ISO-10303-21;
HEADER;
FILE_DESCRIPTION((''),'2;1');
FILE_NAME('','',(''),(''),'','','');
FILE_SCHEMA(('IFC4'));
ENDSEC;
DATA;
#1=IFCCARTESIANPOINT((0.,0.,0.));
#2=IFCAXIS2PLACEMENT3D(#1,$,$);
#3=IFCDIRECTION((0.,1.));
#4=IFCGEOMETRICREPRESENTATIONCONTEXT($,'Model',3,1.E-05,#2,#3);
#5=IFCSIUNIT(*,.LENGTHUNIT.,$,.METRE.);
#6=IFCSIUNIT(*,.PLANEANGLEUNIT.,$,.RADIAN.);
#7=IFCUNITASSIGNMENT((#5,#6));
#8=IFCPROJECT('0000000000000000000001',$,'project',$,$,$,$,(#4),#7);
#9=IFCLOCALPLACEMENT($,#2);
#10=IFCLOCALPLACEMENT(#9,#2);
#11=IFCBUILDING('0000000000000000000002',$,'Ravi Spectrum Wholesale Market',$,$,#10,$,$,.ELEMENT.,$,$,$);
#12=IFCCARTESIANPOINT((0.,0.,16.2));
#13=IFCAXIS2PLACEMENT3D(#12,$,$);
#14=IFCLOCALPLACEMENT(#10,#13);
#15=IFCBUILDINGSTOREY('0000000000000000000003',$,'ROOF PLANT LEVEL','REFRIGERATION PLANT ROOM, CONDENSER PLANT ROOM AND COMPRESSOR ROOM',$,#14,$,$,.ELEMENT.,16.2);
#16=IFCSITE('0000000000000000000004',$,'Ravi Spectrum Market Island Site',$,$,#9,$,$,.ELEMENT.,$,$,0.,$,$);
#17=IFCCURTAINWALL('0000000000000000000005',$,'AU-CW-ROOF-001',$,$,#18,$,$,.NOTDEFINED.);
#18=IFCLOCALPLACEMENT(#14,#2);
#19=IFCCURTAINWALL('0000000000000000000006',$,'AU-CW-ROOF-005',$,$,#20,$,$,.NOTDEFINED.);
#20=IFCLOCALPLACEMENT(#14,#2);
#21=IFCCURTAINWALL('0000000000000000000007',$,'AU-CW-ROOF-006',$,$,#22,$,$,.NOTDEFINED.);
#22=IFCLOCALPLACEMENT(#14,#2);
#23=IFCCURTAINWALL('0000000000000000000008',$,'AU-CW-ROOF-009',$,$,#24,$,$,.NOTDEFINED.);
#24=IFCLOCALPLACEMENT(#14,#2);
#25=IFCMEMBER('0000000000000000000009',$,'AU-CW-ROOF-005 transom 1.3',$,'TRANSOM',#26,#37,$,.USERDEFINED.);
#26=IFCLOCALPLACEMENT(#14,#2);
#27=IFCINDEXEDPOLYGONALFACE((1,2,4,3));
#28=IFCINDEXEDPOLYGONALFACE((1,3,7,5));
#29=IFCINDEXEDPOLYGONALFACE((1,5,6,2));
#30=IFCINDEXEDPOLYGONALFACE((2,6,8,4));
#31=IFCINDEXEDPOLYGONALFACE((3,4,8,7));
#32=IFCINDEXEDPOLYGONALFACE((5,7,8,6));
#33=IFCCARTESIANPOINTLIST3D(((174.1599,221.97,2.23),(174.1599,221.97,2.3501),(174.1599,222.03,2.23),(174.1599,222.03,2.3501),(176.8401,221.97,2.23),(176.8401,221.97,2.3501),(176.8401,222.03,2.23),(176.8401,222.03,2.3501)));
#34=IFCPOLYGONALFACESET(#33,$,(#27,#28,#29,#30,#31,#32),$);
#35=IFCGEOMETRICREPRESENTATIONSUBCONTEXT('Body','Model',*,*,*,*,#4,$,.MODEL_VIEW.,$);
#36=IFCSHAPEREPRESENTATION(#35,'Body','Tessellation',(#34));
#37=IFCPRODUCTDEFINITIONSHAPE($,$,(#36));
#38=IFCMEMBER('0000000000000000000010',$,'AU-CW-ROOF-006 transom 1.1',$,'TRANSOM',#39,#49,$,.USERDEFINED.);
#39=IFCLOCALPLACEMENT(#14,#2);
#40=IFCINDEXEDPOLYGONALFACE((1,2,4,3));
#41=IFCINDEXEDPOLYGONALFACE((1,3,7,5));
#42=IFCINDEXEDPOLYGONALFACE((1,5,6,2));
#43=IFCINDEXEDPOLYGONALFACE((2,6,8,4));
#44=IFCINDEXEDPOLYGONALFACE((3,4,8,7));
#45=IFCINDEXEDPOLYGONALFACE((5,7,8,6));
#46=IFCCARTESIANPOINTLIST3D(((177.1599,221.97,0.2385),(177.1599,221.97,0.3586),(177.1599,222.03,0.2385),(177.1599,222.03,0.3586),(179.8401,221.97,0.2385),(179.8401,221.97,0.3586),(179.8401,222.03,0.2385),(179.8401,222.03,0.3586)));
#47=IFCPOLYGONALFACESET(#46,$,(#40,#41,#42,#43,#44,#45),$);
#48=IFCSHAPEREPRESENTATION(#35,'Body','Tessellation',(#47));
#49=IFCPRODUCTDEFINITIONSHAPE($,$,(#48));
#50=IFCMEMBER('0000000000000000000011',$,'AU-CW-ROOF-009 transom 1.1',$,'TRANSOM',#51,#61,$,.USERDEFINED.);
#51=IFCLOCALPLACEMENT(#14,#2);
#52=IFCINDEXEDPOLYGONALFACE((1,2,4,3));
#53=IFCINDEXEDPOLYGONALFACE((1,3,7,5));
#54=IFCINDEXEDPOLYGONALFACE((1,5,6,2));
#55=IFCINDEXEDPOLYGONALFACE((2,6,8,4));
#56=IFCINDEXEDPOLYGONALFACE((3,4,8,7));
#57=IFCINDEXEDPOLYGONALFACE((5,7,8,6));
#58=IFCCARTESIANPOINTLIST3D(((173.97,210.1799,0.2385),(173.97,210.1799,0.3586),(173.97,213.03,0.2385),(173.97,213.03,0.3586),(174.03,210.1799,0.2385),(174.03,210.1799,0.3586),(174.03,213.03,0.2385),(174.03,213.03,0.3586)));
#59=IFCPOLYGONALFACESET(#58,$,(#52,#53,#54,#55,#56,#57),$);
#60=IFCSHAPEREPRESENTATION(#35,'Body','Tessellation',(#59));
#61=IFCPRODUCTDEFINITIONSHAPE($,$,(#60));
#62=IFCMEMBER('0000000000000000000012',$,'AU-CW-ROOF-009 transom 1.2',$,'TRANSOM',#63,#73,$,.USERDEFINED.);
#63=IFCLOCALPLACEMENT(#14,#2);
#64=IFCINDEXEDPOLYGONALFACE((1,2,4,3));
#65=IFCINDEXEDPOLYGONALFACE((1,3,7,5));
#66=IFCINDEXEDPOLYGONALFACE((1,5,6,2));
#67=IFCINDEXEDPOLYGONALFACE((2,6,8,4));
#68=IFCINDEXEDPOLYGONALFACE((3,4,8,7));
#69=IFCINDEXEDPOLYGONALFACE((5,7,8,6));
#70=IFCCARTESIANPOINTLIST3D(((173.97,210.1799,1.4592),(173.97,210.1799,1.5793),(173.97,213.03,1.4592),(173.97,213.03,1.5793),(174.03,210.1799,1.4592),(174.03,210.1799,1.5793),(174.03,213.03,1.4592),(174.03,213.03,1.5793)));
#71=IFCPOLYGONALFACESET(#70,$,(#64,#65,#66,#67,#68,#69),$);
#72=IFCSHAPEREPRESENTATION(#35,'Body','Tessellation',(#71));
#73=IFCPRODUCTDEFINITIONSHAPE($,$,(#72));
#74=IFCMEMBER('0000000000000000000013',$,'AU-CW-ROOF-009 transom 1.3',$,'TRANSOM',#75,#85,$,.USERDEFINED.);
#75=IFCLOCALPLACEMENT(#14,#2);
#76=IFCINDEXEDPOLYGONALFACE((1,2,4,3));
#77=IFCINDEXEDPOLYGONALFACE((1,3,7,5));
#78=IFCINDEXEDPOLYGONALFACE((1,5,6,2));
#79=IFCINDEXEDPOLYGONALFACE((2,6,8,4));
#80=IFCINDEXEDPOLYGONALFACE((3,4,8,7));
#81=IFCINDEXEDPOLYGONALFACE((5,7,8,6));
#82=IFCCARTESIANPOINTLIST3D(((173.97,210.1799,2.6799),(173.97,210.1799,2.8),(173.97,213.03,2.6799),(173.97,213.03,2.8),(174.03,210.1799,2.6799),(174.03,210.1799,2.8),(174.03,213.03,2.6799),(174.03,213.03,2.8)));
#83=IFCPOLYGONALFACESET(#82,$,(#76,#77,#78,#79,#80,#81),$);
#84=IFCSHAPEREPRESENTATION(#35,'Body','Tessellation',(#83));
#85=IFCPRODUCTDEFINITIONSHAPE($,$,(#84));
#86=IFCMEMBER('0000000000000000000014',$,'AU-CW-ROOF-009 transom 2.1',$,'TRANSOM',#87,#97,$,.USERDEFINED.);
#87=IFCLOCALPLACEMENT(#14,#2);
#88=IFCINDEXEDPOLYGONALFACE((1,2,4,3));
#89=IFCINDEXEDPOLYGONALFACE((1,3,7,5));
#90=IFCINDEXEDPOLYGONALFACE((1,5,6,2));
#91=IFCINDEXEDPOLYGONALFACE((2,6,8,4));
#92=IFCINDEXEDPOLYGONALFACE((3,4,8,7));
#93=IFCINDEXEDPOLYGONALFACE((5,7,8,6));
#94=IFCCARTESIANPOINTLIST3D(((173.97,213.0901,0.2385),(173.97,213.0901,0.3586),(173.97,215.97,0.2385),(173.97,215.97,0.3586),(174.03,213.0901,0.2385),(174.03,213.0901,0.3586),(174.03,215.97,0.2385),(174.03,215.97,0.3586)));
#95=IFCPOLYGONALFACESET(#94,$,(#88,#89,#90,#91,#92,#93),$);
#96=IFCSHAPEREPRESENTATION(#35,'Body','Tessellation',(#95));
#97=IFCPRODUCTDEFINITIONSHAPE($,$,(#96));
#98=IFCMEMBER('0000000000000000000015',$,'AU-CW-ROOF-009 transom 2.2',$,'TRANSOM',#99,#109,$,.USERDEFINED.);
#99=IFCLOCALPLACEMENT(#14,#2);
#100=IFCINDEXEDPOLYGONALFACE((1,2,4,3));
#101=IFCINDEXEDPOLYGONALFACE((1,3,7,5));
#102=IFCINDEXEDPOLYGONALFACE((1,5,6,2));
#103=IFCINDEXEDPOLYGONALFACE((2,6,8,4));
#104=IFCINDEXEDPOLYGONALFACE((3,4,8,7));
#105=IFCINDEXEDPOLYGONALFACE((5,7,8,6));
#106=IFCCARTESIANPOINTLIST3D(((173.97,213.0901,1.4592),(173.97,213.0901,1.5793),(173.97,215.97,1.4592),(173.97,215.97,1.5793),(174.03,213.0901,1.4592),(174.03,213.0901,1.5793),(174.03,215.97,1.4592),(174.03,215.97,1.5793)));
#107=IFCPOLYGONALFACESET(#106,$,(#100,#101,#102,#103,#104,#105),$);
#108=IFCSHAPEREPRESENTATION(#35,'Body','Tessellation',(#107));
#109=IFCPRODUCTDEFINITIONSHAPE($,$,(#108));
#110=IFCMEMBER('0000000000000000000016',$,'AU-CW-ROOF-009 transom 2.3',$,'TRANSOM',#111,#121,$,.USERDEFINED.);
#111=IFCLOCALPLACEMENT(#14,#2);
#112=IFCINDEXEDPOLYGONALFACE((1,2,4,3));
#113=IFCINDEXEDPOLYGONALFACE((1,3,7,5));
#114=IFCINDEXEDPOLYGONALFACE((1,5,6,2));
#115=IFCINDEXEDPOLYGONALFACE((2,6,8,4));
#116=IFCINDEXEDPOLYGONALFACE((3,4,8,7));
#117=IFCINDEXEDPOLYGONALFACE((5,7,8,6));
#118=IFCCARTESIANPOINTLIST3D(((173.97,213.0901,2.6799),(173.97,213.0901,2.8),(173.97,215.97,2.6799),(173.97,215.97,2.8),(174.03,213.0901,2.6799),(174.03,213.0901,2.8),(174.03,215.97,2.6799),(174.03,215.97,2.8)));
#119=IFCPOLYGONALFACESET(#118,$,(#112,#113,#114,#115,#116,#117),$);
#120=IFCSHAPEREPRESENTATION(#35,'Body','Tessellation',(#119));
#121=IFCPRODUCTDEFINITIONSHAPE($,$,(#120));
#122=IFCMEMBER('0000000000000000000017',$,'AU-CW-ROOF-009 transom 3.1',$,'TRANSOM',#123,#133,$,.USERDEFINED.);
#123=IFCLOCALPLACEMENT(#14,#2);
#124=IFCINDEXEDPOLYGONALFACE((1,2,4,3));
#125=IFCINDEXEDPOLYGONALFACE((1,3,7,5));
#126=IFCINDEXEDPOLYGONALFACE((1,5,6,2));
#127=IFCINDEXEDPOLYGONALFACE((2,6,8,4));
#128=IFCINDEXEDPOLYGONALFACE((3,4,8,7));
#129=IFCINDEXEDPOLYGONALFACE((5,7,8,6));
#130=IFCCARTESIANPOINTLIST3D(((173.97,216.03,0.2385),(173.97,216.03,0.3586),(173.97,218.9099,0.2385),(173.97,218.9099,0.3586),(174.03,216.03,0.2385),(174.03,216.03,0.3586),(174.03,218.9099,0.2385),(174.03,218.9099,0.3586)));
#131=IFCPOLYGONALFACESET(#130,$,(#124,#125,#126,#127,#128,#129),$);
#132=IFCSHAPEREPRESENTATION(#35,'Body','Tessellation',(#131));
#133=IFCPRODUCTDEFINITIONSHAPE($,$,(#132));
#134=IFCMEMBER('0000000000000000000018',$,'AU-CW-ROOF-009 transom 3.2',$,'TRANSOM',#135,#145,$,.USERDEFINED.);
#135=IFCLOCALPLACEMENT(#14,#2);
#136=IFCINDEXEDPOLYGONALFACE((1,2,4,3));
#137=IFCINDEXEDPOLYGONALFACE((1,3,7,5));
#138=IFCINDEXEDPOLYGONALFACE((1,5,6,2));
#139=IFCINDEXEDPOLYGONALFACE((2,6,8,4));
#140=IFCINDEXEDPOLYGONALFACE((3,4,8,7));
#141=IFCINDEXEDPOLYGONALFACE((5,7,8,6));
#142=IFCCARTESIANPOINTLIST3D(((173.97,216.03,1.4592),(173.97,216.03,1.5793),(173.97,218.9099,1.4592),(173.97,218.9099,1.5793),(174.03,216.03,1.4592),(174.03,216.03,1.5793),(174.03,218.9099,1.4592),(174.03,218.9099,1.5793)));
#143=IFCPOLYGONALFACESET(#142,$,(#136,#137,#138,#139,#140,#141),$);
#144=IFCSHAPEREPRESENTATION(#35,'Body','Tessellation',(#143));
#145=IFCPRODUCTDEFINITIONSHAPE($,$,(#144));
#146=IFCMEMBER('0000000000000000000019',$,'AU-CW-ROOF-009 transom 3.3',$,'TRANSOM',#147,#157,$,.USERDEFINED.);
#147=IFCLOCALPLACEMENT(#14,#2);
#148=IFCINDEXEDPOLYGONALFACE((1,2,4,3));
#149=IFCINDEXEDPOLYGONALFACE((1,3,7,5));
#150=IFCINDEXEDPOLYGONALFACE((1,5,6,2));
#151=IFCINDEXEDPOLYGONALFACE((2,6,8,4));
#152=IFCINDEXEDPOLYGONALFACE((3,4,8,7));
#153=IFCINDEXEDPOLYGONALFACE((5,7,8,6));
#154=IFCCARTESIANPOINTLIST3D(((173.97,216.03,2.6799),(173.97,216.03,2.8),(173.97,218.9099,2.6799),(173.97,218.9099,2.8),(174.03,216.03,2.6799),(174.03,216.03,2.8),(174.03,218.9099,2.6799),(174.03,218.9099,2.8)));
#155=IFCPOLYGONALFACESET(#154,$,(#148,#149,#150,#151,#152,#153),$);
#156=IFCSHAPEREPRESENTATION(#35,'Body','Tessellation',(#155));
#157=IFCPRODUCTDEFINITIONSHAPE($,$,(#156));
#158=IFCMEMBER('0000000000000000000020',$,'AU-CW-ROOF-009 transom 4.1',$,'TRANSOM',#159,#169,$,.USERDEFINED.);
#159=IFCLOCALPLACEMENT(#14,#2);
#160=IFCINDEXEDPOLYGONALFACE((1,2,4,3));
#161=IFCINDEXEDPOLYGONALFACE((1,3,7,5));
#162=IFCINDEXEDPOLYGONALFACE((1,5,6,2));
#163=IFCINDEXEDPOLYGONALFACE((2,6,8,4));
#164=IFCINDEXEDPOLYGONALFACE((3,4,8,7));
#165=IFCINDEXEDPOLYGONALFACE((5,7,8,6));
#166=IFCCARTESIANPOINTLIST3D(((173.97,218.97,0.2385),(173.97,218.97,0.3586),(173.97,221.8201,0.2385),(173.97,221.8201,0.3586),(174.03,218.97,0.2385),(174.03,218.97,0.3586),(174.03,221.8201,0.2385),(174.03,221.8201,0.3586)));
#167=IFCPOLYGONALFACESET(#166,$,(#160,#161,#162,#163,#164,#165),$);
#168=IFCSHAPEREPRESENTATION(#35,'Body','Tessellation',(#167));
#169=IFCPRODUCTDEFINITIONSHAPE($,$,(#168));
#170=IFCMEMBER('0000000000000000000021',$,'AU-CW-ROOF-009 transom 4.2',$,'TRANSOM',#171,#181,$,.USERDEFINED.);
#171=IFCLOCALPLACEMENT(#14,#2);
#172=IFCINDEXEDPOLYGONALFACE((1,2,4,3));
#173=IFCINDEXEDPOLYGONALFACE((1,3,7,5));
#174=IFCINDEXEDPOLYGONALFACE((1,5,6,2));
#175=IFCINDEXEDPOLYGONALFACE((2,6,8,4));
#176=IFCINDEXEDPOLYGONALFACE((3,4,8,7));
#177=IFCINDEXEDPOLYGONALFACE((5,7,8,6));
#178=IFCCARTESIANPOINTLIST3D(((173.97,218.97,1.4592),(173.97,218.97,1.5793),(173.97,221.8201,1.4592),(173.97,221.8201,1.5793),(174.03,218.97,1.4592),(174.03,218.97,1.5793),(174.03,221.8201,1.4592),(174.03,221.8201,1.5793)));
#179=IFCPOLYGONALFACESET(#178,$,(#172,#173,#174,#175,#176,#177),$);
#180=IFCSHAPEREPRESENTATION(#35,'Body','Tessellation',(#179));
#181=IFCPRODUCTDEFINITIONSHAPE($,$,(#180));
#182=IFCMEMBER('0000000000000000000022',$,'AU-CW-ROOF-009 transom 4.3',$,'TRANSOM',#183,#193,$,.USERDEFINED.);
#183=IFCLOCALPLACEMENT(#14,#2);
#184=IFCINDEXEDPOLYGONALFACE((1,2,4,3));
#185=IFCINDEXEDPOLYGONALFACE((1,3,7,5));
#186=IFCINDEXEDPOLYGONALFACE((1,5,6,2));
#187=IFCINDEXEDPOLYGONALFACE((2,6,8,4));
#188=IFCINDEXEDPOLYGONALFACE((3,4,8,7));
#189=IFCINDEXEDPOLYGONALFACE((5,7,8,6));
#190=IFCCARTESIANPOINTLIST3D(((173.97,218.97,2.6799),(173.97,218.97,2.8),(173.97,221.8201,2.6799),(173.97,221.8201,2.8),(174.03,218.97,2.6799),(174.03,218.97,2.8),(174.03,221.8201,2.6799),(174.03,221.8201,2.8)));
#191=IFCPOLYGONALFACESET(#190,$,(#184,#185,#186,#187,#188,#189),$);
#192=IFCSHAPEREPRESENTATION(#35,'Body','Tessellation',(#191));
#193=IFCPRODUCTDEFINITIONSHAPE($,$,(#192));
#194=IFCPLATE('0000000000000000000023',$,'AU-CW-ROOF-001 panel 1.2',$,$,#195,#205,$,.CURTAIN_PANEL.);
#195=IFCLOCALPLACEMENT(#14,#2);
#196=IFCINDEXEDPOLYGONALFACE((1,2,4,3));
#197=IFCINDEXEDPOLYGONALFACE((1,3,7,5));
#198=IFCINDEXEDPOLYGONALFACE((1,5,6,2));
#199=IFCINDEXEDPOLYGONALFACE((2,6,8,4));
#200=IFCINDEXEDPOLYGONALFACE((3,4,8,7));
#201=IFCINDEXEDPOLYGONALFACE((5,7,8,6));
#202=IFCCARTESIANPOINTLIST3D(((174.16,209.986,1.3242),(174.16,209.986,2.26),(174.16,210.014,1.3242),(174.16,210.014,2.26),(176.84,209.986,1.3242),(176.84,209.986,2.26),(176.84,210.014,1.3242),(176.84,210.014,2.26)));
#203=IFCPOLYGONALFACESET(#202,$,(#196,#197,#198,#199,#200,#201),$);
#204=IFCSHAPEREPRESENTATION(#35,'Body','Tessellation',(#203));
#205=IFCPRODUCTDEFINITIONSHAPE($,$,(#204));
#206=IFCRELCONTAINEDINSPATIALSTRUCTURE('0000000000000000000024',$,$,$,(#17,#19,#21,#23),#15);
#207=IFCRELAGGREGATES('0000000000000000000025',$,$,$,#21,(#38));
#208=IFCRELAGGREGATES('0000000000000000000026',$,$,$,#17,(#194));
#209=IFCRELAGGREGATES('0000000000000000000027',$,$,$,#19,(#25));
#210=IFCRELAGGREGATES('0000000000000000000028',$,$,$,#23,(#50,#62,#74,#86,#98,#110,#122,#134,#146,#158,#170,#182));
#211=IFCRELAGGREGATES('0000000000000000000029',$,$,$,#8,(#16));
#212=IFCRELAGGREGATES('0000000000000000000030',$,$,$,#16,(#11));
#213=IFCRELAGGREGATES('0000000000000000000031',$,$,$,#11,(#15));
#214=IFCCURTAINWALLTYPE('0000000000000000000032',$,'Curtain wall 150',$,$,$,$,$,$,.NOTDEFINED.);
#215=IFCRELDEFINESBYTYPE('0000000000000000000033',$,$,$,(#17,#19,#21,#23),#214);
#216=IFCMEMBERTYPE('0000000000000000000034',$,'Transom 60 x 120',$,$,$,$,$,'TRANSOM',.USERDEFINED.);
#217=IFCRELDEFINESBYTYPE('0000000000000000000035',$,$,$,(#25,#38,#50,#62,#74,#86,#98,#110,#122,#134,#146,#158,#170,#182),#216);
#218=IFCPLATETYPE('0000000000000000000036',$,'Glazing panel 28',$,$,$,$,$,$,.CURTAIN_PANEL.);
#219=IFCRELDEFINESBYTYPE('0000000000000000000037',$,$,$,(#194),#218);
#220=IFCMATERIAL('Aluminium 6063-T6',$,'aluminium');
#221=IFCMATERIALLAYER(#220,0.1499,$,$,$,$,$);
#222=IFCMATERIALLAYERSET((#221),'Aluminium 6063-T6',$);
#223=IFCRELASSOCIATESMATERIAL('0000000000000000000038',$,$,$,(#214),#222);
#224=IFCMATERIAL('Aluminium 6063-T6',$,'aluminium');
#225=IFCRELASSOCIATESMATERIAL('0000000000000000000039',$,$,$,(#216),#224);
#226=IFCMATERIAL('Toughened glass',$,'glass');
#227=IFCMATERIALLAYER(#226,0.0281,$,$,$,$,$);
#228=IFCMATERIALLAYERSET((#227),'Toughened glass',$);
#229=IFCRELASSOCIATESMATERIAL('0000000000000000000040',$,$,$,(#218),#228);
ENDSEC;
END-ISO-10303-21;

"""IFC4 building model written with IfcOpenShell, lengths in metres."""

from ifc_helpers import new_model, si_unit, direction, frame, origin, origin_2d, place, context, subcontext, project, spatial, rectangle, extrude, material, layer, layer_set, material_profile, profile_set, type_object, element, aggregate, save


model = new_model("IFC4")

# Units and contexts
model_context = context("Model", 3, precision=1e-05, world=origin(), true_north=direction((0.0, 1.0)))
body_context = subcontext(model_context, "Body", "Model", "MODEL_VIEW")
ifc_project = project(units=[si_unit("LENGTHUNIT", "METRE"), si_unit("PLANEANGLEUNIT", "RADIAN")], contexts=[model_context])

# Site, building, storey
site_placement = place(None, origin())
site = spatial("IfcSite", under=ifc_project, at=site_placement, Name="Ravi Spectrum Market Island Site", CompositionType="ELEMENT", RefElevation=0.0)
building_placement = place(site_placement, origin())
building = spatial("IfcBuilding", under=site, at=building_placement, Name="Ravi Spectrum Wholesale Market", CompositionType="ELEMENT")
storey_placement = place(building_placement, frame((0.0, 0.0, 16.2)))
storey = spatial("IfcBuildingStorey", under=building, at=storey_placement, Name="ROOF PLANT LEVEL", Description="REFRIGERATION PLANT ROOM, CONDENSER PLANT ROOM AND COMPRESSOR ROOM", CompositionType="ELEMENT", Elevation=16.2)

# Curtain wall
ifc_material_1 = material(Name="Aluminium 6063-T6", Category="aluminium")
ifc_layer_1 = layer(ifc_material_1, 0.1499)
ifc_layer_set_1 = layer_set([ifc_layer_1], Name="Aluminium 6063-T6")
curtain_wall_type = type_object("IfcCurtainWallType", Name="Curtain wall 150", PredefinedType="NOTDEFINED", material=ifc_layer_set_1)
curtain_wall_1_placement = place(storey_placement, origin())
curtain_wall_1 = element("IfcCurtainWall", 1, at=curtain_wall_1_placement, inside=storey, type_object=curtain_wall_type, Name="AU-CW-ROOF-001", PredefinedType="NOTDEFINED")

# Curtain wall
curtain_wall_2_placement = place(storey_placement, origin())
curtain_wall_2 = element("IfcCurtainWall", 2, at=curtain_wall_2_placement, inside=storey, type_object=curtain_wall_type, Name="AU-CW-ROOF-005", PredefinedType="NOTDEFINED")

# Curtain wall
curtain_wall_3_placement = place(storey_placement, origin())
curtain_wall_3 = element("IfcCurtainWall", 3, at=curtain_wall_3_placement, inside=storey, type_object=curtain_wall_type, Name="AU-CW-ROOF-006", PredefinedType="NOTDEFINED")

# Curtain wall
curtain_wall_4_placement = place(storey_placement, origin())
curtain_wall_4 = element("IfcCurtainWall", 4, at=curtain_wall_4_placement, inside=storey, type_object=curtain_wall_type, Name="AU-CW-ROOF-009", PredefinedType="NOTDEFINED")

# Members
ifc_material_2 = material(Name="Aluminium 6063-T6", Category="aluminium")
ifc_material_profile_1 = material_profile(ifc_material_2, rectangle(XDim=0.0601, YDim=0.1201, at=origin_2d()))
ifc_profile_set_1 = profile_set([ifc_material_profile_1], Name="Aluminium 6063-T6")
member_type_1 = type_object("IfcMemberType", Name="Transom 60 x 120", ElementType="TRANSOM", PredefinedType="USERDEFINED", material=ifc_profile_set_1)
member_1_placement = place(storey_placement, frame((174.1599, 222.0, 2.29), z_axis=(1.0, 0.0, 0.0), x_axis=(0.0, 1.0, 0.0)))
member_1 = element("IfcMember", 5, at=member_1_placement, type_object=member_type_1, Name="AU-CW-ROOF-005 transom 1.3", ObjectType="TRANSOM", PredefinedType="USERDEFINED", context=body_context, shape_type="SweptSolid", body=[
    extrude(rectangle(XDim=0.0601, YDim=0.1201, at=origin_2d()), origin(), (0.0, 0.0, 1.0), 2.6802),
])
member_2_placement = place(storey_placement, frame((177.1599, 222.0, 0.2986), z_axis=(1.0, 0.0, 0.0), x_axis=(0.0, 1.0, 0.0)))
member_2 = element("IfcMember", 6, at=member_2_placement, type_object=member_type_1, Name="AU-CW-ROOF-006 transom 1.1", ObjectType="TRANSOM", PredefinedType="USERDEFINED", context=body_context, shape_type="SweptSolid", body=[
    extrude(rectangle(XDim=0.0601, YDim=0.1201, at=origin_2d()), origin(), (0.0, 0.0, 1.0), 2.6802),
])
aggregate(curtain_wall_3, [member_2])
member_3_placement = place(storey_placement, frame((174.0, 210.1799, 0.2986), z_axis=(0.0, 1.0, 0.0), x_axis=(-1.0, 0.0, 0.0)))
member_3 = element("IfcMember", 7, at=member_3_placement, type_object=member_type_1, Name="AU-CW-ROOF-009 transom 1.1", ObjectType="TRANSOM", PredefinedType="USERDEFINED", context=body_context, shape_type="SweptSolid", body=[
    extrude(rectangle(XDim=0.0601, YDim=0.1201, at=origin_2d()), origin(), (0.0, 0.0, 1.0), 2.8501),
])
member_4_placement = place(storey_placement, frame((174.0, 210.1799, 1.5193), z_axis=(0.0, 1.0, 0.0), x_axis=(-1.0, 0.0, 0.0)))
member_4 = element("IfcMember", 8, at=member_4_placement, type_object=member_type_1, Name="AU-CW-ROOF-009 transom 1.2", ObjectType="TRANSOM", PredefinedType="USERDEFINED", context=body_context, shape_type="SweptSolid", body=[
    extrude(rectangle(XDim=0.0601, YDim=0.1201, at=origin_2d()), origin(), (0.0, 0.0, 1.0), 2.8501),
])
member_5_placement = place(storey_placement, frame((174.0, 210.1799, 2.74), z_axis=(0.0, 1.0, 0.0), x_axis=(-1.0, 0.0, 0.0)))
member_5 = element("IfcMember", 9, at=member_5_placement, type_object=member_type_1, Name="AU-CW-ROOF-009 transom 1.3", ObjectType="TRANSOM", PredefinedType="USERDEFINED", context=body_context, shape_type="SweptSolid", body=[
    extrude(rectangle(XDim=0.0601, YDim=0.1201, at=origin_2d()), origin(), (0.0, 0.0, 1.0), 2.8501),
])
member_6_placement = place(storey_placement, frame((174.0, 213.0901, 0.2986), z_axis=(0.0, 1.0, 0.0), x_axis=(-1.0, 0.0, 0.0)))
member_6 = element("IfcMember", 10, at=member_6_placement, type_object=member_type_1, Name="AU-CW-ROOF-009 transom 2.1", ObjectType="TRANSOM", PredefinedType="USERDEFINED", context=body_context, shape_type="SweptSolid", body=[
    extrude(rectangle(XDim=0.0601, YDim=0.1201, at=origin_2d()), origin(), (0.0, 0.0, 1.0), 2.8799),
])
member_7_placement = place(storey_placement, frame((174.0, 213.0901, 1.5193), z_axis=(0.0, 1.0, 0.0), x_axis=(-1.0, 0.0, 0.0)))
member_7 = element("IfcMember", 11, at=member_7_placement, type_object=member_type_1, Name="AU-CW-ROOF-009 transom 2.2", ObjectType="TRANSOM", PredefinedType="USERDEFINED", context=body_context, shape_type="SweptSolid", body=[
    extrude(rectangle(XDim=0.0601, YDim=0.1201, at=origin_2d()), origin(), (0.0, 0.0, 1.0), 2.8799),
])
member_8_placement = place(storey_placement, frame((174.0, 213.0901, 2.74), z_axis=(0.0, 1.0, 0.0), x_axis=(-1.0, 0.0, 0.0)))
member_8 = element("IfcMember", 12, at=member_8_placement, type_object=member_type_1, Name="AU-CW-ROOF-009 transom 2.3", ObjectType="TRANSOM", PredefinedType="USERDEFINED", context=body_context, shape_type="SweptSolid", body=[
    extrude(rectangle(XDim=0.0601, YDim=0.1201, at=origin_2d()), origin(), (0.0, 0.0, 1.0), 2.8799),
])
member_9_placement = place(storey_placement, frame((174.0, 216.03, 0.2986), z_axis=(0.0, 1.0, 0.0), x_axis=(-1.0, 0.0, 0.0)))
member_9 = element("IfcMember", 13, at=member_9_placement, type_object=member_type_1, Name="AU-CW-ROOF-009 transom 3.1", ObjectType="TRANSOM", PredefinedType="USERDEFINED", context=body_context, shape_type="SweptSolid", body=[
    extrude(rectangle(XDim=0.0601, YDim=0.1201, at=origin_2d()), origin(), (0.0, 0.0, 1.0), 2.8799),
])
member_10_placement = place(storey_placement, frame((174.0, 216.03, 1.5193), z_axis=(0.0, 1.0, 0.0), x_axis=(-1.0, 0.0, 0.0)))
member_10 = element("IfcMember", 14, at=member_10_placement, type_object=member_type_1, Name="AU-CW-ROOF-009 transom 3.2", ObjectType="TRANSOM", PredefinedType="USERDEFINED", context=body_context, shape_type="SweptSolid", body=[
    extrude(rectangle(XDim=0.0601, YDim=0.1201, at=origin_2d()), origin(), (0.0, 0.0, 1.0), 2.8799),
])
member_11_placement = place(storey_placement, frame((174.0, 216.03, 2.74), z_axis=(0.0, 1.0, 0.0), x_axis=(-1.0, 0.0, 0.0)))
member_11 = element("IfcMember", 15, at=member_11_placement, type_object=member_type_1, Name="AU-CW-ROOF-009 transom 3.3", ObjectType="TRANSOM", PredefinedType="USERDEFINED", context=body_context, shape_type="SweptSolid", body=[
    extrude(rectangle(XDim=0.0601, YDim=0.1201, at=origin_2d()), origin(), (0.0, 0.0, 1.0), 2.8799),
])
member_12_placement = place(storey_placement, frame((174.0, 218.97, 0.2986), z_axis=(0.0, 1.0, 0.0), x_axis=(-1.0, 0.0, 0.0)))
member_12 = element("IfcMember", 16, at=member_12_placement, type_object=member_type_1, Name="AU-CW-ROOF-009 transom 4.1", ObjectType="TRANSOM", PredefinedType="USERDEFINED", context=body_context, shape_type="SweptSolid", body=[
    extrude(rectangle(XDim=0.0601, YDim=0.1201, at=origin_2d()), origin(), (0.0, 0.0, 1.0), 2.8501),
])
member_13_placement = place(storey_placement, frame((174.0, 218.97, 1.5193), z_axis=(0.0, 1.0, 0.0), x_axis=(-1.0, 0.0, 0.0)))
member_13 = element("IfcMember", 17, at=member_13_placement, type_object=member_type_1, Name="AU-CW-ROOF-009 transom 4.2", ObjectType="TRANSOM", PredefinedType="USERDEFINED", context=body_context, shape_type="SweptSolid", body=[
    extrude(rectangle(XDim=0.0601, YDim=0.1201, at=origin_2d()), origin(), (0.0, 0.0, 1.0), 2.8501),
])
member_14_placement = place(storey_placement, frame((174.0, 218.97, 2.74), z_axis=(0.0, 1.0, 0.0), x_axis=(-1.0, 0.0, 0.0)))
member_14 = element("IfcMember", 18, at=member_14_placement, type_object=member_type_1, Name="AU-CW-ROOF-009 transom 4.3", ObjectType="TRANSOM", PredefinedType="USERDEFINED", context=body_context, shape_type="SweptSolid", body=[
    extrude(rectangle(XDim=0.0601, YDim=0.1201, at=origin_2d()), origin(), (0.0, 0.0, 1.0), 2.8501),
])

# Plate
ifc_material_3 = material(Name="Toughened glass", Category="glass")
ifc_layer_2 = layer(ifc_material_3, 0.0281)
ifc_layer_set_2 = layer_set([ifc_layer_2], Name="Toughened glass")
plate_type = type_object("IfcPlateType", Name="Glazing panel 28", PredefinedType="CURTAIN_PANEL", material=ifc_layer_set_2)
plate_1_placement = place(storey_placement, frame((175.5, 210.0, 1.3242), z_axis=(0.0, 0.0, 1.0), x_axis=(1.0, 0.0, 0.0)))
plate_1 = element("IfcPlate", 19, at=plate_1_placement, type_object=plate_type, Name="AU-CW-ROOF-001 panel 1.2", PredefinedType="CURTAIN_PANEL", context=body_context, shape_type="SweptSolid", body=[
    extrude(rectangle(XDim=2.6799, YDim=0.0281, at=origin_2d()), origin(), (0.0, 0.0, 1.0), 0.9358),
])
aggregate(curtain_wall_1, [plate_1])
aggregate(curtain_wall_2, [member_1])
aggregate(curtain_wall_4, [member_3, member_4, member_5, member_6, member_7, member_8, member_9, member_10, member_11, member_12, member_13, member_14])

save(model, "model.ifc")
